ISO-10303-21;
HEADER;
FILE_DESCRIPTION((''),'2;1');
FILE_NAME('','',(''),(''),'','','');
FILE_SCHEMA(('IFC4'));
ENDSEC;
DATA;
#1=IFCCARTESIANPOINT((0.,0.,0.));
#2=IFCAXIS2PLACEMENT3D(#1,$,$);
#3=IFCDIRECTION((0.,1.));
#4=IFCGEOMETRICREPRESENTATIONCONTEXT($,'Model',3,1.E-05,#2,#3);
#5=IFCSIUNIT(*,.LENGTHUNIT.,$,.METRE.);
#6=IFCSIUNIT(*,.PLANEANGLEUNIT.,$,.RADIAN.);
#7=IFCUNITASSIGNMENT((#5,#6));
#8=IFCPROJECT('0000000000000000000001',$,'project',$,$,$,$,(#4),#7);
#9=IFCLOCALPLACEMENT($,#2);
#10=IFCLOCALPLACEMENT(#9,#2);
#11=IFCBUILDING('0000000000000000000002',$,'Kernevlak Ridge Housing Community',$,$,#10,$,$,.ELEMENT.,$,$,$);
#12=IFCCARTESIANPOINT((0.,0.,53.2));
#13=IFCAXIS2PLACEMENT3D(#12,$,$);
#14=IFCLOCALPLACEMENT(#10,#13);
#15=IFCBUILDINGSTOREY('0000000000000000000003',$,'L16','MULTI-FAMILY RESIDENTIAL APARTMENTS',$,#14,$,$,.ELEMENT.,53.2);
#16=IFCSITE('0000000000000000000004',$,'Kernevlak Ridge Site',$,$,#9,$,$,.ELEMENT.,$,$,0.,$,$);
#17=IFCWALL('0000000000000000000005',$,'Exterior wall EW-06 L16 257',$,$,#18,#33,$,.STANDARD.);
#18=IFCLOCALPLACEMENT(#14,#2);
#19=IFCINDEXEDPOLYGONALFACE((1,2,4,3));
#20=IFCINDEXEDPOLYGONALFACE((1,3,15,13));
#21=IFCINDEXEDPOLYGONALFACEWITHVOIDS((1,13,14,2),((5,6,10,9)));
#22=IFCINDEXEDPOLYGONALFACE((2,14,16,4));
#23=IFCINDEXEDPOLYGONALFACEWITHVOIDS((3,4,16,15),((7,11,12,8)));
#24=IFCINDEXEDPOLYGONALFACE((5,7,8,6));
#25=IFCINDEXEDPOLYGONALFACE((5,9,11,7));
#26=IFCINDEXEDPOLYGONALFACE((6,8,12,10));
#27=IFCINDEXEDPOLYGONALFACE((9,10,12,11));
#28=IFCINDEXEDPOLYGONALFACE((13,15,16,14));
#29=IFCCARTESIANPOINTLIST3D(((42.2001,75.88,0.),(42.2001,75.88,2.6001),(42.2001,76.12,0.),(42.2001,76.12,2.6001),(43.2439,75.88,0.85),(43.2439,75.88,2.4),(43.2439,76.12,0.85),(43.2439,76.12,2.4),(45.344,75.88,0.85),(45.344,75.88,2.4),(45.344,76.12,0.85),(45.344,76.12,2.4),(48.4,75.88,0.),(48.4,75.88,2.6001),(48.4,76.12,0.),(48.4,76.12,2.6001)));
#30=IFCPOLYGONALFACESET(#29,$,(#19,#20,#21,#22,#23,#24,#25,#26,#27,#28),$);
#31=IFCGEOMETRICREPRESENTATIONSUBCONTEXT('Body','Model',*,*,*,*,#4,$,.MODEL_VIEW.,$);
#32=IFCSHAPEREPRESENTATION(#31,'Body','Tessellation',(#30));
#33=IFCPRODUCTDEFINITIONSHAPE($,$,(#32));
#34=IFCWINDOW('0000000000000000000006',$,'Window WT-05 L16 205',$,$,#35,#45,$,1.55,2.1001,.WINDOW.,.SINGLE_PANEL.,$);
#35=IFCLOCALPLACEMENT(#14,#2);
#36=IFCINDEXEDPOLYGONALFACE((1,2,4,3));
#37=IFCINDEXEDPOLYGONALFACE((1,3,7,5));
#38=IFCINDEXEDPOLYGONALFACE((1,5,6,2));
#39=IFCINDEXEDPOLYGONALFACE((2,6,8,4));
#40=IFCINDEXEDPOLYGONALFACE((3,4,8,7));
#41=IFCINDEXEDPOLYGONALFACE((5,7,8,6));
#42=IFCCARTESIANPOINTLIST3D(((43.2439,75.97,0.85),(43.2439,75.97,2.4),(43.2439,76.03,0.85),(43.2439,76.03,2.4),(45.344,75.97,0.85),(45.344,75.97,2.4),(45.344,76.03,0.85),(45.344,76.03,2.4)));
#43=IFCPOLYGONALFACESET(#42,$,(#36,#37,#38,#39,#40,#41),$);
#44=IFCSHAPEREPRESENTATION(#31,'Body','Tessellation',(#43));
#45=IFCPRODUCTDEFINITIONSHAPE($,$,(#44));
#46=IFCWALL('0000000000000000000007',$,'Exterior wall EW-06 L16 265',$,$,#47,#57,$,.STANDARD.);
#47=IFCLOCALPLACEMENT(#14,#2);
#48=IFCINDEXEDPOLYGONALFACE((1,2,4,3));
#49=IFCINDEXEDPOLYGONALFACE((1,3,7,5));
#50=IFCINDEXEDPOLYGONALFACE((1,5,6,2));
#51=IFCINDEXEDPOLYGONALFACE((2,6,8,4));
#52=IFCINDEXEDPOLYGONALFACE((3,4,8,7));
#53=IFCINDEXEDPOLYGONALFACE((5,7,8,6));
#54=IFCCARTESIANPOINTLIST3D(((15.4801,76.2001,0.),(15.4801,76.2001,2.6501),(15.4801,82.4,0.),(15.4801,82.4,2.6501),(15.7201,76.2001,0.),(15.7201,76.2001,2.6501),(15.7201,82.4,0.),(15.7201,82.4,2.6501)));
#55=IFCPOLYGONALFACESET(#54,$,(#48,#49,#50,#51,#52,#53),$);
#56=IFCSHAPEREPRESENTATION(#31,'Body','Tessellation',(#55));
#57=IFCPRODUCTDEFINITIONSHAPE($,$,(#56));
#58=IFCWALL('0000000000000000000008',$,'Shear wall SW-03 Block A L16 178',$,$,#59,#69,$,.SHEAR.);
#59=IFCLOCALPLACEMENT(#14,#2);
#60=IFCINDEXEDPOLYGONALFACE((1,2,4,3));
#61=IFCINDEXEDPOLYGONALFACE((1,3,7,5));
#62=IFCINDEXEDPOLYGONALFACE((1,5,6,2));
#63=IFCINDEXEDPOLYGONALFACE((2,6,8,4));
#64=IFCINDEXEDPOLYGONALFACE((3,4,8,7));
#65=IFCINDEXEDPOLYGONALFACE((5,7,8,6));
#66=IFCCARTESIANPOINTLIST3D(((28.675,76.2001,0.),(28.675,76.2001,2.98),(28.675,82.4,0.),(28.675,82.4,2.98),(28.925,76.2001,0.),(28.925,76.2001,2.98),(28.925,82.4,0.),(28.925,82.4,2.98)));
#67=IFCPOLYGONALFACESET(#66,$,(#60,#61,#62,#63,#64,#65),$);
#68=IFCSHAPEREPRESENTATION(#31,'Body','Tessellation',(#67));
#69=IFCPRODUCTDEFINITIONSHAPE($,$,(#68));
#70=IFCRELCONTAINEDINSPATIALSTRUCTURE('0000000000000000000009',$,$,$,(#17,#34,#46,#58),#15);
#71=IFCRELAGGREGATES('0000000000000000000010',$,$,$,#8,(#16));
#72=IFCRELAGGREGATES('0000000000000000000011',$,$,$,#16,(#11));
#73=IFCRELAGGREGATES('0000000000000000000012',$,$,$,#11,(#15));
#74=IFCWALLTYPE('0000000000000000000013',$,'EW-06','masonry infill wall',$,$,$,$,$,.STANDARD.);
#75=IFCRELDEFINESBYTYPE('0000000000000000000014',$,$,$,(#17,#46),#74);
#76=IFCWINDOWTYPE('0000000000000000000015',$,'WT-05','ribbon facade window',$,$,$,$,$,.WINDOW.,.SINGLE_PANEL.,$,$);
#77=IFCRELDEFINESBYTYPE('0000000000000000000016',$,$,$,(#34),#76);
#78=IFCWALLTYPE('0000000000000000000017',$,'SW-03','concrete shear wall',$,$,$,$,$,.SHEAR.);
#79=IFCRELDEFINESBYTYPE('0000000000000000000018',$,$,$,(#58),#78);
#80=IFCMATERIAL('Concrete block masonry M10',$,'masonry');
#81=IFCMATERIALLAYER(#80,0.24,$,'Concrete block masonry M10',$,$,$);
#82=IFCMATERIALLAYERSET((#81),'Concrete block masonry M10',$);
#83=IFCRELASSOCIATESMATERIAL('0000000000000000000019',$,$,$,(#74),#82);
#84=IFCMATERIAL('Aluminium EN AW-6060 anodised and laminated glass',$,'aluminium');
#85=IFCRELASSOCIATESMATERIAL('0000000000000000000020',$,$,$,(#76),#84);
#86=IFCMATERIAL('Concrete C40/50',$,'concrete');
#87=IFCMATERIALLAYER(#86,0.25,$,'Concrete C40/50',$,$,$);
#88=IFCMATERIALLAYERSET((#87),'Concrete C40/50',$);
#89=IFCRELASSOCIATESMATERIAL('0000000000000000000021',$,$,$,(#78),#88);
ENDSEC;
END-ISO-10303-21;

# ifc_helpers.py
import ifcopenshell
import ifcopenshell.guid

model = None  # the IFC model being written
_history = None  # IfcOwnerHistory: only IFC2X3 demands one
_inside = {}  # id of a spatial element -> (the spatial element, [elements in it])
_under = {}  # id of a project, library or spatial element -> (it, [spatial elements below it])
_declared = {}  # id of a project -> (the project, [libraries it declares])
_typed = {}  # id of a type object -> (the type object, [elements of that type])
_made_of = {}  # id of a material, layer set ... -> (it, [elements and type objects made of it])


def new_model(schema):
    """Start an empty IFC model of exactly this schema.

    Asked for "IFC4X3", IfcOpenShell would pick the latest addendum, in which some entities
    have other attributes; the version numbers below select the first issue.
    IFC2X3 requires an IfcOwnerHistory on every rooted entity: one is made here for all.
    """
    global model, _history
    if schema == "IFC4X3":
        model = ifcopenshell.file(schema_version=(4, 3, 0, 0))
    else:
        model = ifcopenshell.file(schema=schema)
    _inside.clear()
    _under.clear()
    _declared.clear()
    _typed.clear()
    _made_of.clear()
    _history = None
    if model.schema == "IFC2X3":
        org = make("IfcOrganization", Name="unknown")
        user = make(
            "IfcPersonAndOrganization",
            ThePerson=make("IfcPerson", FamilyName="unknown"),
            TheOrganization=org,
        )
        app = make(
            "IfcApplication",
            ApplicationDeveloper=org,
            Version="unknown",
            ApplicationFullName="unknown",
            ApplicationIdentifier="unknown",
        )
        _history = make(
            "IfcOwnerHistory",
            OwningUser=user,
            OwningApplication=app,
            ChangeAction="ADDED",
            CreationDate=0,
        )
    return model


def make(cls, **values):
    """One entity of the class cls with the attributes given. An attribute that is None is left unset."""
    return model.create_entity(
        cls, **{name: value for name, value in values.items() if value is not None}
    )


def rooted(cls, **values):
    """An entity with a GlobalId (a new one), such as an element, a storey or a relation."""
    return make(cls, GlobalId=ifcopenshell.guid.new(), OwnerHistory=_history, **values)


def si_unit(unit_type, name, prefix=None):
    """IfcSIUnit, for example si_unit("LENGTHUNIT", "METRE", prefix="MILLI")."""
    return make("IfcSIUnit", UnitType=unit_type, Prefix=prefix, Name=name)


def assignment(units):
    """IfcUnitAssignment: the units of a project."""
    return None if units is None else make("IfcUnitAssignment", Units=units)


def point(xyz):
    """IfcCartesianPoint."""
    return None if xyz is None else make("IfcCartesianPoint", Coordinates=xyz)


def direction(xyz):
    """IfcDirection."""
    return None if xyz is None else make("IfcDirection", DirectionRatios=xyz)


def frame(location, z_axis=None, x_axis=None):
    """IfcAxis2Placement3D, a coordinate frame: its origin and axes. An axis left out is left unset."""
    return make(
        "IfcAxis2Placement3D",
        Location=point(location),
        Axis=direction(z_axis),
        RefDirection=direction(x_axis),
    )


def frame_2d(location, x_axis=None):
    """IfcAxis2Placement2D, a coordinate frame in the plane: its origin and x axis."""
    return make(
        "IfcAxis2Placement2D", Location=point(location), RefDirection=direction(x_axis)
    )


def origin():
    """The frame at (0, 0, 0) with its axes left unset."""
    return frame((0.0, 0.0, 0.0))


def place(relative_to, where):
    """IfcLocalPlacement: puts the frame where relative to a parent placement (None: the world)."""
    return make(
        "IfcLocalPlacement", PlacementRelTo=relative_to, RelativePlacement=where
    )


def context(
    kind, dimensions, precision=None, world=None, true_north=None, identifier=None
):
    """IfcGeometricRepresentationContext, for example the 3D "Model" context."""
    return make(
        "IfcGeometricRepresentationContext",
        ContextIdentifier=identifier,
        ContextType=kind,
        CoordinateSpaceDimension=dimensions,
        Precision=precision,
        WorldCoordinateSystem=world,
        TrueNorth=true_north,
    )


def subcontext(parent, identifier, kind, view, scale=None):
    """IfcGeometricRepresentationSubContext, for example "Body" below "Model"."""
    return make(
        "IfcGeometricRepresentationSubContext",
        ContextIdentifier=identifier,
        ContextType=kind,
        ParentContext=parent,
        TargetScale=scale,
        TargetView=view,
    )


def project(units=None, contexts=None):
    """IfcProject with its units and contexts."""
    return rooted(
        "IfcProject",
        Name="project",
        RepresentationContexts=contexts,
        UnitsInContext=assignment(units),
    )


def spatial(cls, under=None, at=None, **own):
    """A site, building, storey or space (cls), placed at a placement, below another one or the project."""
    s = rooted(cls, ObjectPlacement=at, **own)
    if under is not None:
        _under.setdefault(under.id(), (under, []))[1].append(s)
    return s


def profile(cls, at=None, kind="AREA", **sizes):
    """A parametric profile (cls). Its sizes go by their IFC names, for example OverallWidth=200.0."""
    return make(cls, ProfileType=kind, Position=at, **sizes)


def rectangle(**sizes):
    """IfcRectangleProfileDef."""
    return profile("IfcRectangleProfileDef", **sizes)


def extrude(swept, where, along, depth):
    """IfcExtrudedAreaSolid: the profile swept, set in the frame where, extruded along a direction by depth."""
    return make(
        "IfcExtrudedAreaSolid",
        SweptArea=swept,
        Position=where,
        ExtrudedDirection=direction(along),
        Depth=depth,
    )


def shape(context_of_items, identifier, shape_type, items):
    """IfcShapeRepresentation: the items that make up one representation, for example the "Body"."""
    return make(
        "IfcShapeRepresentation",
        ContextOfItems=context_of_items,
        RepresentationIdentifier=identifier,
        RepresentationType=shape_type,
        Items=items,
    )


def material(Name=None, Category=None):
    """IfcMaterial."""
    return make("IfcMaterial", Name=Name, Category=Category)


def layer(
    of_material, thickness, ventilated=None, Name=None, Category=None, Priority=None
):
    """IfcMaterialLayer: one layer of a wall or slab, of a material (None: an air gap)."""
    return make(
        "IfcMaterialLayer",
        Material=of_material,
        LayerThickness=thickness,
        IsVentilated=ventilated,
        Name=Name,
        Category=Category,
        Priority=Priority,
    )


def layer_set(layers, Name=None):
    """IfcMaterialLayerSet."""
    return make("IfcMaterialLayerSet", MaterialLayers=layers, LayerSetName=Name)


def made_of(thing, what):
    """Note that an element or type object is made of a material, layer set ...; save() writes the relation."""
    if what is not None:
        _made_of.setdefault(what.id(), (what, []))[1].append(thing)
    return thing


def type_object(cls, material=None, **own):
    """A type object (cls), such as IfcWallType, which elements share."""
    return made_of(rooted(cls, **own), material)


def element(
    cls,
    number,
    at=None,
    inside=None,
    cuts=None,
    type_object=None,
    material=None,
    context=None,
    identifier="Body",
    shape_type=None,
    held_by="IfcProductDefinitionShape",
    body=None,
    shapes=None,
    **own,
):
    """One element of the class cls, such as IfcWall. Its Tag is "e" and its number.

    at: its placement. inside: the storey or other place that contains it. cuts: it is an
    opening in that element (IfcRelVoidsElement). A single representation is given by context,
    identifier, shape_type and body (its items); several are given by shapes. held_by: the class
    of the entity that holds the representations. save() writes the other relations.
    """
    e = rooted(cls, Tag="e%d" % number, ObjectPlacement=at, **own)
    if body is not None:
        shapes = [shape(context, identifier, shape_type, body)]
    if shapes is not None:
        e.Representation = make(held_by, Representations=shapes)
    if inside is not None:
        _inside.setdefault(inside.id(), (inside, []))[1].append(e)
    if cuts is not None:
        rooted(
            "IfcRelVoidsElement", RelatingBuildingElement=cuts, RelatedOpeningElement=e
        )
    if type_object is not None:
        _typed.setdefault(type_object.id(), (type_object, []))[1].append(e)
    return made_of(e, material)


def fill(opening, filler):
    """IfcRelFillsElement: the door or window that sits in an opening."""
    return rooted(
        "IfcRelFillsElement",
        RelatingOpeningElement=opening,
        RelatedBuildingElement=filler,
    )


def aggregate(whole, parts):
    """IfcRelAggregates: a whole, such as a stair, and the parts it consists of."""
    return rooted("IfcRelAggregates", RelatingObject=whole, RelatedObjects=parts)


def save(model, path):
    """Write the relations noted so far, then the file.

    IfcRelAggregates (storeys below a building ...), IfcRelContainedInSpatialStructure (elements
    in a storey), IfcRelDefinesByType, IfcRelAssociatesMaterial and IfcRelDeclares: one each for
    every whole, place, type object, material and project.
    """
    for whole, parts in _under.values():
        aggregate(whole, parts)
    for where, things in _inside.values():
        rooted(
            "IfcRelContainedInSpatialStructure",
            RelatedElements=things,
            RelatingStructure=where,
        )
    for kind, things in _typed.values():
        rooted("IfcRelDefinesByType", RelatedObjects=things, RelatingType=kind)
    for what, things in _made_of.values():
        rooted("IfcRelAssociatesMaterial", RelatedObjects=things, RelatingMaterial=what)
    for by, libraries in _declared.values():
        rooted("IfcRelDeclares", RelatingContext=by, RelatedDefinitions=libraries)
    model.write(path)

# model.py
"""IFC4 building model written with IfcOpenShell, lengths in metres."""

from ifc_helpers import new_model, si_unit, direction, frame, frame_2d, origin, place, context, subcontext, project, spatial, rectangle, extrude, material, layer, layer_set, type_object, element, fill, save


model = new_model("IFC4")

# Units and contexts
model_context = context("Model", 3, precision=1e-05, world=origin(), true_north=direction((0.0, 1.0)))
body_context = subcontext(model_context, "Body", "Model", "MODEL_VIEW")
ifc_project = project(units=[si_unit("LENGTHUNIT", "METRE"), si_unit("PLANEANGLEUNIT", "RADIAN")], contexts=[model_context])

# Site, building, storey
site_placement = place(None, origin())
site = spatial("IfcSite", under=ifc_project, at=site_placement, Name="Kernevlak Ridge Site", CompositionType="ELEMENT", RefElevation=0.0)
building_placement = place(site_placement, origin())
building = spatial("IfcBuilding", under=site, at=building_placement, Name="Kernevlak Ridge Housing Community", CompositionType="ELEMENT")
storey_placement = place(building_placement, frame((0.0, 0.0, 53.2)))
storey = spatial("IfcBuildingStorey", under=building, at=storey_placement, Name="L16", Description="MULTI-FAMILY RESIDENTIAL APARTMENTS", CompositionType="ELEMENT", Elevation=53.2)

# Shared definitions
ifc_material_1 = material(Name="Concrete block masonry M10", Category="masonry")
ifc_layer_1 = layer(ifc_material_1, 0.24, Name="Concrete block masonry M10")
ifc_layer_set_1 = layer_set([ifc_layer_1], Name="Concrete block masonry M10")
wall_type_1 = type_object("IfcWallType", Name="EW-06", Description="masonry infill wall", PredefinedType="STANDARD", material=ifc_layer_set_1)
ifc_material_2 = material(Name="Aluminium EN AW-6060 anodised and laminated glass", Category="aluminium")

# Wall, opening, window
window_type_1 = type_object("IfcWindowType", Name="WT-05", Description="ribbon facade window", PartitioningType="SINGLE_PANEL", PredefinedType="WINDOW", material=ifc_material_2)
wall_1_placement = place(storey_placement, frame((42.2, 76.0, 0.0), z_axis=(0.0, 0.0, 1.0), x_axis=(1.0, 0.0, 0.0)))
wall_1 = element("IfcWall", 1, at=wall_1_placement, inside=storey, type_object=wall_type_1, Name="Exterior wall EW-06 L16 257", PredefinedType="STANDARD", context=body_context, shape_type="SweptSolid", body=[
    extrude(rectangle(XDim=6.2, YDim=0.24, at=frame_2d((3.1001, 0.0))), origin(), (0.0, 0.0, 1.0), 2.6001),
])
opening_1_placement = place(wall_1_placement, frame((1.0439, 0.0, 0.8501)))
opening_1 = element("IfcOpeningElement", 2, at=opening_1_placement, cuts=wall_1, PredefinedType="OPENING", context=body_context, shape_type="SweptSolid", body=[
    extrude(rectangle(XDim=2.1001, YDim=1.55, at=frame_2d((1.05, 0.7749))), frame((0.0, 0.1299, 0.0), z_axis=(0.0, -1.0, 0.0), x_axis=(1.0, 0.0, 0.0)), (0.0, 0.0, 1.0), 0.26),
])
window_1_placement = place(opening_1_placement, origin())
window_1 = element("IfcWindow", 3, at=window_1_placement, inside=storey, type_object=window_type_1, Name="Window WT-05 L16 205", OverallHeight=1.55, OverallWidth=2.1001, PartitioningType="SINGLE_PANEL", PredefinedType="WINDOW", context=body_context, shape_type="SweptSolid", body=[
    extrude(rectangle(XDim=2.1001, YDim=1.55, at=frame_2d((1.05, 0.7749))), frame((0.0, 0.03, 0.0), z_axis=(0.0, -1.0, 0.0), x_axis=(1.0, 0.0, 0.0)), (0.0, 0.0, 1.0), 0.0601),
])
fill(opening_1, window_1)

# Walls
wall_2_placement = place(storey_placement, frame((15.6001, 76.2, 0.0), z_axis=(0.0, 0.0, 1.0), x_axis=(0.0, 1.0, 0.0)))
element("IfcWall", 4, at=wall_2_placement, inside=storey, type_object=wall_type_1, Name="Exterior wall EW-06 L16 265", PredefinedType="STANDARD", context=body_context, shape_type="SweptSolid", body=[
    extrude(rectangle(XDim=6.2, YDim=0.24, at=frame_2d((3.1001, 0.0))), origin(), (0.0, 0.0, 1.0), 2.6501),
])
ifc_material_3 = material(Name="Concrete C40/50", Category="concrete")
ifc_layer_2 = layer(ifc_material_3, 0.25, Name="Concrete C40/50")
ifc_layer_set_2 = layer_set([ifc_layer_2], Name="Concrete C40/50")
wall_type_2 = type_object("IfcWallType", Name="SW-03", Description="concrete shear wall", PredefinedType="SHEAR", material=ifc_layer_set_2)
wall_3_placement = place(storey_placement, frame((28.8, 76.2, 0.0), z_axis=(0.0, 0.0, 1.0), x_axis=(0.0, 1.0, 0.0)))
element("IfcWall", 5, at=wall_3_placement, inside=storey, type_object=wall_type_2, Name="Shear wall SW-03 Block A L16 178", PredefinedType="SHEAR", context=body_context, shape_type="SweptSolid", body=[
    extrude(rectangle(XDim=6.2, YDim=0.25, at=frame_2d((3.1001, 0.0))), origin(), (0.0, 0.0, 1.0), 2.98),
])

save(model, "model.ifc")
